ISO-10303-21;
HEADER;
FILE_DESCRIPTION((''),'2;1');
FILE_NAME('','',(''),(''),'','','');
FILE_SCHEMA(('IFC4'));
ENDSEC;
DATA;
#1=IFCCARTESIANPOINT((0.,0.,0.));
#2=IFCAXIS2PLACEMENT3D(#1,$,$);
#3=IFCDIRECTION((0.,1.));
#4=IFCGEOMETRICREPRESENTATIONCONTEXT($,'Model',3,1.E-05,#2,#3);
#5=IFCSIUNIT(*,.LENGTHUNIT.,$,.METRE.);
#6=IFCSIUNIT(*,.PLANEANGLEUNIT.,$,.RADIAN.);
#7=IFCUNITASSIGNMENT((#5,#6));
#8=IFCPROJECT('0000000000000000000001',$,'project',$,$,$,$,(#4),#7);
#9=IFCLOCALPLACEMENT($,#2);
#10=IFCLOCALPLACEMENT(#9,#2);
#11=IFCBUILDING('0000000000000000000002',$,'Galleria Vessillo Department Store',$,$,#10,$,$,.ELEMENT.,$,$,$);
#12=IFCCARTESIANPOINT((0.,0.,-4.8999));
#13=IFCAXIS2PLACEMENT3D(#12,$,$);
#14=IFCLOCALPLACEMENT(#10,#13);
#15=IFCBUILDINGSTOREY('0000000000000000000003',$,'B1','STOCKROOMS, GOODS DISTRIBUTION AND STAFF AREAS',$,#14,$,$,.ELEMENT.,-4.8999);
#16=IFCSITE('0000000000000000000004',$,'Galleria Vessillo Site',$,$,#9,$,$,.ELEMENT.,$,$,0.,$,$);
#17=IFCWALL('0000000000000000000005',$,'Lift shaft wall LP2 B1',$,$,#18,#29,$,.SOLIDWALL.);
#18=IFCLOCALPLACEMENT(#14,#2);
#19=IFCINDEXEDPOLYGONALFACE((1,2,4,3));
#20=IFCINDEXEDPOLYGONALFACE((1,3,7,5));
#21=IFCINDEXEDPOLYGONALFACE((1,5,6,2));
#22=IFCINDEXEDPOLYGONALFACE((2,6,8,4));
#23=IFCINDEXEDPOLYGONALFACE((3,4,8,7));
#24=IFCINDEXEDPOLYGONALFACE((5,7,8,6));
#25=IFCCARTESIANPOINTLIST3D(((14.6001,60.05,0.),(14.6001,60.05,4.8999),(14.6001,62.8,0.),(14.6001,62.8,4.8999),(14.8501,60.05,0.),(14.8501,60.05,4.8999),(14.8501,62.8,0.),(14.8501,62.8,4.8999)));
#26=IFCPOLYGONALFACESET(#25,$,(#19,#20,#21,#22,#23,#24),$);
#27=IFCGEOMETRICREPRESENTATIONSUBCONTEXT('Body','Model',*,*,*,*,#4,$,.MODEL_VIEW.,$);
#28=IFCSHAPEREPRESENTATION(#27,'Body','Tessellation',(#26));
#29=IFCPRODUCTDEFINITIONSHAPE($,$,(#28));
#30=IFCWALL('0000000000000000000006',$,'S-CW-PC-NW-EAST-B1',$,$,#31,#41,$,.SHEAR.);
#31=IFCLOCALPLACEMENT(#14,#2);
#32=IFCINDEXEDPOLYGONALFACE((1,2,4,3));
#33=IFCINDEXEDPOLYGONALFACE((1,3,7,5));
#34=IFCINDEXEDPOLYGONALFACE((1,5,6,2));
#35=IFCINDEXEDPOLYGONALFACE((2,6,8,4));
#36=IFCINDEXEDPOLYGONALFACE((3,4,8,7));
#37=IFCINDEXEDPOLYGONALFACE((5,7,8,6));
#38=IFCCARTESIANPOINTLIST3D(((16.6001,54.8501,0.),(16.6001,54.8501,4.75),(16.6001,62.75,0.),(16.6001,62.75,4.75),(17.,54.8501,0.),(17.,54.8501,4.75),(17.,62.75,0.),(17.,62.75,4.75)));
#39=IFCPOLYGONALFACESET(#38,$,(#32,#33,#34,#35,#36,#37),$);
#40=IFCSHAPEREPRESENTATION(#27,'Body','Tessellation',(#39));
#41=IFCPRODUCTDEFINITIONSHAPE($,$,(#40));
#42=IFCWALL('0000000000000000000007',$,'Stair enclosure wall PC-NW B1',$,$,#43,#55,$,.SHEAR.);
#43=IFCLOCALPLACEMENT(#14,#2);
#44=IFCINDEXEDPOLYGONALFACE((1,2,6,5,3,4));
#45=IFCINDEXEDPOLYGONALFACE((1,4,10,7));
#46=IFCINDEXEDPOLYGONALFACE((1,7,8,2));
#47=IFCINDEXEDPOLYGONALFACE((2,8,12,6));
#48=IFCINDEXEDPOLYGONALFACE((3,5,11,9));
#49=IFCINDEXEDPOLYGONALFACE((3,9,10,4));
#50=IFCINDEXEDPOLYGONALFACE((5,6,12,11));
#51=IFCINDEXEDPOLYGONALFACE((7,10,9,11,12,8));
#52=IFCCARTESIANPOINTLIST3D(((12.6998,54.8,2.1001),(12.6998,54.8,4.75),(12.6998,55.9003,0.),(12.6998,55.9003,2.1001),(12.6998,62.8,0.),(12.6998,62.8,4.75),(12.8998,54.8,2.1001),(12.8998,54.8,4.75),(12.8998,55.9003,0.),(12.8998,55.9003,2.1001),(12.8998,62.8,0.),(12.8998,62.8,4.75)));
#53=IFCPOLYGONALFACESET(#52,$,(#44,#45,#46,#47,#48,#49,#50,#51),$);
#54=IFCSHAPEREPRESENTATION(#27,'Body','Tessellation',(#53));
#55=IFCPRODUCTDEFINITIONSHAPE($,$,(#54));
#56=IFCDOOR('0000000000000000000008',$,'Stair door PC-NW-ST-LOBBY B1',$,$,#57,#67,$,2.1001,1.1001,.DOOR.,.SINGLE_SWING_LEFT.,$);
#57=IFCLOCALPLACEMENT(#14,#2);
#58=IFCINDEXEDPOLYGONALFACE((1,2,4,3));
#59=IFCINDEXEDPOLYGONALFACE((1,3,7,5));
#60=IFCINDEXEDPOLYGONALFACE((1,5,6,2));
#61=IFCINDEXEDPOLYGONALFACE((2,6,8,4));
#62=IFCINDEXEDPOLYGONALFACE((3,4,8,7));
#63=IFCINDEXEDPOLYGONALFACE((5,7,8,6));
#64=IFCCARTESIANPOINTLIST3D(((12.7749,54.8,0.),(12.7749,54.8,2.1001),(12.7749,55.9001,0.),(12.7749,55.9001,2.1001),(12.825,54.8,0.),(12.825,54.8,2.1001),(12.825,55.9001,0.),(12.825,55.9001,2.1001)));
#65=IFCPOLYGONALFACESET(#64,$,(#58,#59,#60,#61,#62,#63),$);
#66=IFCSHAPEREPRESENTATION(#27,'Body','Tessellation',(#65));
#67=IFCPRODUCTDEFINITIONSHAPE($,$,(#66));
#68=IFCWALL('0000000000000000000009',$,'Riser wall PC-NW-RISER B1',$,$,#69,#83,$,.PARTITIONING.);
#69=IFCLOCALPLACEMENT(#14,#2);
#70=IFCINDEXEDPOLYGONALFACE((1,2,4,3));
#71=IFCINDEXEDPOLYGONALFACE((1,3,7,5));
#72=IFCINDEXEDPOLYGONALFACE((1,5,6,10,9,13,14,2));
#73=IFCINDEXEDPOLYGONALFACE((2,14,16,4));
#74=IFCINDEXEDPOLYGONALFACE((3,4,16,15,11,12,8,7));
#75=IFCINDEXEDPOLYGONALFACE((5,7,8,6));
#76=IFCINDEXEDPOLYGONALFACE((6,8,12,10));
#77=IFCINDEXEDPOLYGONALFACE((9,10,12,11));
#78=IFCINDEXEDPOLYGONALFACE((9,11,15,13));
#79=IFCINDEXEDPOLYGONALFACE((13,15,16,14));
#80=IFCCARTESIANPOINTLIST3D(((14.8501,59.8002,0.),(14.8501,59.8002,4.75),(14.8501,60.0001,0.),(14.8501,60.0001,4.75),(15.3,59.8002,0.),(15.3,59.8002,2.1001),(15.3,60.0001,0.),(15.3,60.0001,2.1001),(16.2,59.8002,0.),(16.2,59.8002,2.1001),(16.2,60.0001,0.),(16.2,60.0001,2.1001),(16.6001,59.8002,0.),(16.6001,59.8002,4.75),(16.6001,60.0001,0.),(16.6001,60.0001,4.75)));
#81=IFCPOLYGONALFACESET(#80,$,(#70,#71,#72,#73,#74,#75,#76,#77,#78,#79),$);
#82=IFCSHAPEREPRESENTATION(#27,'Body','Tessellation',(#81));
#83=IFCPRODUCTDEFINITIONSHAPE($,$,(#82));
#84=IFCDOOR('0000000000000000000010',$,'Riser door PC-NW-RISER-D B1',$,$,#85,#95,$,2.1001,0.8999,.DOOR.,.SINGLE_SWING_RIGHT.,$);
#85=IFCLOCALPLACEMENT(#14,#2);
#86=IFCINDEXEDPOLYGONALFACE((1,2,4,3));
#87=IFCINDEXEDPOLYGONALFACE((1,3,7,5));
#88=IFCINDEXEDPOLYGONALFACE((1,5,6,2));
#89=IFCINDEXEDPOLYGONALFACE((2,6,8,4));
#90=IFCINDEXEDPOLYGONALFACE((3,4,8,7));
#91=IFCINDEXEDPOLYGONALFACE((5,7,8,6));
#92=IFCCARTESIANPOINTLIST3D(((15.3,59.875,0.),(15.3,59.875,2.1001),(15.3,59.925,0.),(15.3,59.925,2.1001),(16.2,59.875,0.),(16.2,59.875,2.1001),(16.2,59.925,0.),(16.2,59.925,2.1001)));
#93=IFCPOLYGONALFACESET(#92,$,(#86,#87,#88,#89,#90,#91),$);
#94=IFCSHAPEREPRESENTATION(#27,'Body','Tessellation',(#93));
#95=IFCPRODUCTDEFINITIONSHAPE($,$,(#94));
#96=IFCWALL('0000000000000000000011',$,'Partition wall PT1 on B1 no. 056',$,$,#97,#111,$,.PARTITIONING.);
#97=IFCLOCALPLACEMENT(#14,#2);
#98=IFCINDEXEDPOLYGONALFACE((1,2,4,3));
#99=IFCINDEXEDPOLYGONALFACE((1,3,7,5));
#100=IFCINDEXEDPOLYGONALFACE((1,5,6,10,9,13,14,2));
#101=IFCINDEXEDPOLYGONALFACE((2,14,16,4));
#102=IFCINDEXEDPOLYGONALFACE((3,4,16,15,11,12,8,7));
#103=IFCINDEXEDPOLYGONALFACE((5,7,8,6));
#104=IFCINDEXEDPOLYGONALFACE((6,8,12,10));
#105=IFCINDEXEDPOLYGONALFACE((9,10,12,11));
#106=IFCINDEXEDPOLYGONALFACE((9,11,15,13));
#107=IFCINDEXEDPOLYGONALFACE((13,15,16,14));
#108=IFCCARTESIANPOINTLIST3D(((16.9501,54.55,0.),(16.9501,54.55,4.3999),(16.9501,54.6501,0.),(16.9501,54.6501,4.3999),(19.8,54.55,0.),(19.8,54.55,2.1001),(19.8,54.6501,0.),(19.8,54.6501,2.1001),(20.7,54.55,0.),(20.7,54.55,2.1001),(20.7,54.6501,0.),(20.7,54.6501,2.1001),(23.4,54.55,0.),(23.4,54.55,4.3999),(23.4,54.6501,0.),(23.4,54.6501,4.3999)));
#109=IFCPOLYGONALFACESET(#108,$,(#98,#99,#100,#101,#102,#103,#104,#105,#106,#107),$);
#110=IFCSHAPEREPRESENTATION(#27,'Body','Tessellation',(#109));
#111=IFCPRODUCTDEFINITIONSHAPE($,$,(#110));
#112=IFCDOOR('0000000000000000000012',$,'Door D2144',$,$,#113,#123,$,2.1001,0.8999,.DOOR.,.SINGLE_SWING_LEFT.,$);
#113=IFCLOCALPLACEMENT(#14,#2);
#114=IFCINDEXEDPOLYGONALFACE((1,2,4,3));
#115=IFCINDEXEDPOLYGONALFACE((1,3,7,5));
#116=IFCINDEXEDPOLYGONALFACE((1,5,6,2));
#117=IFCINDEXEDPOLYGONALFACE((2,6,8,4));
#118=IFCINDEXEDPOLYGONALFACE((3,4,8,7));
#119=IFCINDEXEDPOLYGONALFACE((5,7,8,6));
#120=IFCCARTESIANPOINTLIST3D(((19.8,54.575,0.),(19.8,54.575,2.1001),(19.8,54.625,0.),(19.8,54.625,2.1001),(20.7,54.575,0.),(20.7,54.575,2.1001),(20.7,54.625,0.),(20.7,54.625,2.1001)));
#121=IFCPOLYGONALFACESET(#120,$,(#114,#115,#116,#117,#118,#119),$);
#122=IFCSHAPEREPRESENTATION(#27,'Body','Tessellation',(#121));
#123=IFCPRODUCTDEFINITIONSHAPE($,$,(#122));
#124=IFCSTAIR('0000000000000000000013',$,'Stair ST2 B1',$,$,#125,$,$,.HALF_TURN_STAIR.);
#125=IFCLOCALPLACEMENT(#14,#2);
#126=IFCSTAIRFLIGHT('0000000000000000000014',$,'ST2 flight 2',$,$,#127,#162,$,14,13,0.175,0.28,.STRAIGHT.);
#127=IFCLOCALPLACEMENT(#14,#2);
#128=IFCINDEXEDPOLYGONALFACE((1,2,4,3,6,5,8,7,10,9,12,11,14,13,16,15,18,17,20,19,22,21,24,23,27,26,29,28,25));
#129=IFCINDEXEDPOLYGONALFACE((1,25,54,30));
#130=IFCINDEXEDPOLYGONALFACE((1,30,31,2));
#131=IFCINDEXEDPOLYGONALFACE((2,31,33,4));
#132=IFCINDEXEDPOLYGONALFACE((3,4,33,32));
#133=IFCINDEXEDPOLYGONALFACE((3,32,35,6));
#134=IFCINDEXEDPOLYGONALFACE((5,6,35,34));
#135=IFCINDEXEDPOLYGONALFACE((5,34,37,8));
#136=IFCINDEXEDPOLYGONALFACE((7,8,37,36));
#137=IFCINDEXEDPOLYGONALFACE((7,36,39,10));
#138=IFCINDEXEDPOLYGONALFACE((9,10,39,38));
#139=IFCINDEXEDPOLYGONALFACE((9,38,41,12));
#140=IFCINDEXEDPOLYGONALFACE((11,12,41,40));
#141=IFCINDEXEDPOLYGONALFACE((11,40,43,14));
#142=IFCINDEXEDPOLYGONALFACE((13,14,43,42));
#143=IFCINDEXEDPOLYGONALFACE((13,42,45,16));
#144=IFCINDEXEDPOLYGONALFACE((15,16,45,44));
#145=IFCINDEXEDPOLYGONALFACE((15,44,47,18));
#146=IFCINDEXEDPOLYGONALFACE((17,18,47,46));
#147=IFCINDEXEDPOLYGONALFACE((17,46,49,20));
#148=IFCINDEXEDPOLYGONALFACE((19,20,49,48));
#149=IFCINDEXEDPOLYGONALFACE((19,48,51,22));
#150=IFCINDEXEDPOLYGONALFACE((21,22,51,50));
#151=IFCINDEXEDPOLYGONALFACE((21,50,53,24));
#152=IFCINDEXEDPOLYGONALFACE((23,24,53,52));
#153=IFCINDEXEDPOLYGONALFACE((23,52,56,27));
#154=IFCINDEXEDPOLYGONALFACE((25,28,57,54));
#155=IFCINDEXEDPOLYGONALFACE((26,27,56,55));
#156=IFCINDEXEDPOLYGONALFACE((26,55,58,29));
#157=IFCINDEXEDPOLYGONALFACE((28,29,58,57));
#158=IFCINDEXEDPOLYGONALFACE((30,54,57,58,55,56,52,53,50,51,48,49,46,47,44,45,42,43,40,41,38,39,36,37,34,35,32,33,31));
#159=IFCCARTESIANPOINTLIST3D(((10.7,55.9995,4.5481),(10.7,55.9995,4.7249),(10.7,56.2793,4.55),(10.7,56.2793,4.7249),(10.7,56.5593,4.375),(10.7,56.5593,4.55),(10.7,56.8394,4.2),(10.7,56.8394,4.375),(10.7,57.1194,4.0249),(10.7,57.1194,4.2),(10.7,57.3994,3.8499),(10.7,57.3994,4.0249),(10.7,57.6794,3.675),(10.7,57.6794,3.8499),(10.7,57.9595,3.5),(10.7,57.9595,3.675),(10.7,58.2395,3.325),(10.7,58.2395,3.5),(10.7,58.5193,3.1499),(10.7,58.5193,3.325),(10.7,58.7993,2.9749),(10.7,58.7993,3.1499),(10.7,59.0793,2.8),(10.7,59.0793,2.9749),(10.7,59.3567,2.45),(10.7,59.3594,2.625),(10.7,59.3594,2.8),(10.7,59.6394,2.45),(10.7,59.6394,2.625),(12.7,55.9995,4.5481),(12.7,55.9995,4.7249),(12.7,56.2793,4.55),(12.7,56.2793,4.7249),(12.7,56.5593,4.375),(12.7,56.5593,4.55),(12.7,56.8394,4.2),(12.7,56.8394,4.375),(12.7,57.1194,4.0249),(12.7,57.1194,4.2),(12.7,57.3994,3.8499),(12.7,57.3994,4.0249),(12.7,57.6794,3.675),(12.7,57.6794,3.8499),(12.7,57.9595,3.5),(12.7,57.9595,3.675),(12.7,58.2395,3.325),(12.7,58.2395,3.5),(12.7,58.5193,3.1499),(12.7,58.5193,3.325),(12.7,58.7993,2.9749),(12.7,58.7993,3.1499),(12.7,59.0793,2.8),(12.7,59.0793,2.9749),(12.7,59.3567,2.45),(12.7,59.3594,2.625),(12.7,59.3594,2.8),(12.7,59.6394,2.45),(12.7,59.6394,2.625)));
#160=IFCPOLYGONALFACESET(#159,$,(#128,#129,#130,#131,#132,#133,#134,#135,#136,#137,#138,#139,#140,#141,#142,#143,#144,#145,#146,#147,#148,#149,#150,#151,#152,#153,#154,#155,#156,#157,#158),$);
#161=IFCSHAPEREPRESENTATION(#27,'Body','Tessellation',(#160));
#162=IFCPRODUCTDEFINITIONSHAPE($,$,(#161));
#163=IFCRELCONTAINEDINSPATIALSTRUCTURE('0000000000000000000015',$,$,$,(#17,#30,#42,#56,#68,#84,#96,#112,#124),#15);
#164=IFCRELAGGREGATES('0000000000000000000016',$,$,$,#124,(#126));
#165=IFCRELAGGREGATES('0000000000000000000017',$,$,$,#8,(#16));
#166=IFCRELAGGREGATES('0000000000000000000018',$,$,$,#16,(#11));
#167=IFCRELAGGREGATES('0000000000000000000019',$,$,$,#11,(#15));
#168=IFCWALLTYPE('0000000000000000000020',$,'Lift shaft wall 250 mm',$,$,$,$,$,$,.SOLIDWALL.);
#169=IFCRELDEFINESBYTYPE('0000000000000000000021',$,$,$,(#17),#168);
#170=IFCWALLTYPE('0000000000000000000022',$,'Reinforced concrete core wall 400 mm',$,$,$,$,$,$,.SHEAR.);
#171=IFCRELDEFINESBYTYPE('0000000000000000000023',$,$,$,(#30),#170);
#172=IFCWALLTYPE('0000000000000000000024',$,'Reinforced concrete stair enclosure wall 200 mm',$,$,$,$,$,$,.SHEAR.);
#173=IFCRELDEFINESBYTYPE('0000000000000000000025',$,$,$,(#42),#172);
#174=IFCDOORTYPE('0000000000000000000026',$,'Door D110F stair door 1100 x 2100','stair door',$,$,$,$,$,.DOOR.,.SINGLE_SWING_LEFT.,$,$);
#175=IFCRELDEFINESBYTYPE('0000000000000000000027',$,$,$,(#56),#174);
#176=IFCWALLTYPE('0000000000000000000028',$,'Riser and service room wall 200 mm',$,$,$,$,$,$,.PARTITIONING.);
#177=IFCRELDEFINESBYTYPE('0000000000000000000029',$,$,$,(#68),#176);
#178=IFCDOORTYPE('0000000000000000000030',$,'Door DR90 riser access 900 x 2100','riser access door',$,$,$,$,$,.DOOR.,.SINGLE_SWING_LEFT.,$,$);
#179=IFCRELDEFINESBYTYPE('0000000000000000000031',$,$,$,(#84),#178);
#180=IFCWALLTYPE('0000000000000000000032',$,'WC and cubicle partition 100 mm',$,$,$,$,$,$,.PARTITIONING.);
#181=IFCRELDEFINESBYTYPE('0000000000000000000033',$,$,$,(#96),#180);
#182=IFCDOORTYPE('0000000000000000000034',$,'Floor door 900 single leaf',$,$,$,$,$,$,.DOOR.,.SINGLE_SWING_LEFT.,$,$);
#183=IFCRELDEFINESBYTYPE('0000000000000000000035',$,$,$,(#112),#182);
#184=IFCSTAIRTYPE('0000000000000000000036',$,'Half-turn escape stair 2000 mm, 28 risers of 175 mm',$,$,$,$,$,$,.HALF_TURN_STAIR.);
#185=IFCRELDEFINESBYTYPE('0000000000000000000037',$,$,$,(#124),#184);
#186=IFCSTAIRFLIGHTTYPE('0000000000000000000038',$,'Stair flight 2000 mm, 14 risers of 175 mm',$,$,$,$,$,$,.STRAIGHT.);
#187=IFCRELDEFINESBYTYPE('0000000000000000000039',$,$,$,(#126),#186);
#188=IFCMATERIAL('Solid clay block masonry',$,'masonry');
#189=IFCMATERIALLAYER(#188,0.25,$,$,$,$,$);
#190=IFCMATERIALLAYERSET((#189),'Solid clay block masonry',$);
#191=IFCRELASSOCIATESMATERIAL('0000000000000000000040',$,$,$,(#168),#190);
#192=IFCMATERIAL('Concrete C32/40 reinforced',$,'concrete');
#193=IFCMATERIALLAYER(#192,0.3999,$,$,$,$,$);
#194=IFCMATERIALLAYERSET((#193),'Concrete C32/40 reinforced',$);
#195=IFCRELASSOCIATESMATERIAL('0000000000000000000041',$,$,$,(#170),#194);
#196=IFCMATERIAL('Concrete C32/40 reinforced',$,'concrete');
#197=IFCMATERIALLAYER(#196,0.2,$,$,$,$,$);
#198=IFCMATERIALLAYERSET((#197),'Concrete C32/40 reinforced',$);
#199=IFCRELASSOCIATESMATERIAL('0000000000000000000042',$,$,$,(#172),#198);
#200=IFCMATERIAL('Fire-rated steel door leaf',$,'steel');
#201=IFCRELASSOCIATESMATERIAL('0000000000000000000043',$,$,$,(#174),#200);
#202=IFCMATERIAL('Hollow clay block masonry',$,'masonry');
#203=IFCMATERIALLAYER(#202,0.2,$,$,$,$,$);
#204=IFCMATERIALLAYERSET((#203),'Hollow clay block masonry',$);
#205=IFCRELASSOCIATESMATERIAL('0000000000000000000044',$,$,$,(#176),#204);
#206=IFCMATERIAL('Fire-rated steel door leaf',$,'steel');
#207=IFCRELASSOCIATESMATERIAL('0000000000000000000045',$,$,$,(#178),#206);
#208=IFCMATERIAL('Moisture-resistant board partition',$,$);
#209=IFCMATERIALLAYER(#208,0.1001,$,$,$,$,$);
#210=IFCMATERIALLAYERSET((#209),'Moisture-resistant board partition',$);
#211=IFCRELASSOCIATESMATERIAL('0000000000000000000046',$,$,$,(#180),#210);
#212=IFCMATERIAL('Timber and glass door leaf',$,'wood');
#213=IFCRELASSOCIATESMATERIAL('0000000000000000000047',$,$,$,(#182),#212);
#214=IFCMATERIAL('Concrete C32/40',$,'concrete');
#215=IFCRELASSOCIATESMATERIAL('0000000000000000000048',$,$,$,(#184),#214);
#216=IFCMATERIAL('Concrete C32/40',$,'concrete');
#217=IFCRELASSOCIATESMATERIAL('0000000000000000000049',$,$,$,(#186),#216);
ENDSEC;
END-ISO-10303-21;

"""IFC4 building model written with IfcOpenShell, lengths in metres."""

from ifc_helpers import new_model, si_unit, direction, frame, frame_2d, origin, place, context, subcontext, project, spatial, polyline, rectangle, outline, extrude, material, layer, layer_set, type_object, element, fill, aggregate, save


model = new_model("IFC4")

# Units and contexts
model_context = context("Model", 3, precision=1e-05, world=origin(), true_north=direction((0.0, 1.0)))
body_context = subcontext(model_context, "Body", "Model", "MODEL_VIEW")
ifc_project = project(units=[si_unit("LENGTHUNIT", "METRE"), si_unit("PLANEANGLEUNIT", "RADIAN")], contexts=[model_context])

# Site, building, storey
site_placement = place(None, origin())
site = spatial("IfcSite", under=ifc_project, at=site_placement, Name="Galleria Vessillo Site", CompositionType="ELEMENT", RefElevation=0.0)
building_placement = place(site_placement, origin())
building = spatial("IfcBuilding", under=site, at=building_placement, Name="Galleria Vessillo Department Store", CompositionType="ELEMENT")
storey_placement = place(building_placement, frame((0.0, 0.0, -4.8999)))
storey = spatial("IfcBuildingStorey", under=building, at=storey_placement, Name="B1", Description="STOCKROOMS, GOODS DISTRIBUTION AND STAFF AREAS", CompositionType="ELEMENT", Elevation=-4.8999)

# Shared definitions
ifc_material_1 = material(Name="Solid clay block masonry", Category="masonry")
ifc_layer_1 = layer(ifc_material_1, 0.25)
ifc_layer_set_1 = layer_set([ifc_layer_1], Name="Solid clay block masonry")
wall_type_1 = type_object("IfcWallType", Name="Lift shaft wall 250 mm", PredefinedType="SOLIDWALL", material=ifc_layer_set_1)

# Walls
wall_1_placement = place(storey_placement, frame((14.7251, 62.8, 0.0), z_axis=(0.0, 0.0, 1.0), x_axis=(0.0, -1.0, 0.0)))
element("IfcWall", 1, at=wall_1_placement, inside=storey, type_object=wall_type_1, Name="Lift shaft wall LP2 B1", PredefinedType="SOLIDWALL", context=body_context, shape_type="SweptSolid", body=[
    extrude(rectangle(XDim=2.75, YDim=0.25, at=frame_2d((1.375, 0.0))), origin(), (0.0, 0.0, 1.0), 4.8999),
])
ifc_material_2 = material(Name="Concrete C32/40 reinforced", Category="concrete")
ifc_layer_2 = layer(ifc_material_2, 0.3999)
ifc_layer_set_2 = layer_set([ifc_layer_2], Name="Concrete C32/40 reinforced")
wall_type_2 = type_object("IfcWallType", Name="Reinforced concrete core wall 400 mm", PredefinedType="SHEAR", material=ifc_layer_set_2)
wall_2_placement = place(storey_placement, frame((16.8, 54.8501, 0.0), z_axis=(0.0, 0.0, 1.0), x_axis=(0.0, 1.0, 0.0)))
element("IfcWall", 2, at=wall_2_placement, inside=storey, type_object=wall_type_2, Name="S-CW-PC-NW-EAST-B1", PredefinedType="SHEAR", context=body_context, shape_type="SweptSolid", body=[
    extrude(rectangle(XDim=7.8999, YDim=0.3999, at=frame_2d((3.95, 0.0))), origin(), (0.0, 0.0, 1.0), 4.75),
])

# Walls, openings, doors
ifc_material_3 = material(Name="Concrete C32/40 reinforced", Category="concrete")
ifc_layer_3 = layer(ifc_material_3, 0.2)
ifc_layer_set_3 = layer_set([ifc_layer_3], Name="Concrete C32/40 reinforced")
wall_type_3 = type_object("IfcWallType", Name="Reinforced concrete stair enclosure wall 200 mm", PredefinedType="SHEAR", material=ifc_layer_set_3)
wall_3_placement = place(storey_placement, frame((12.7998, 62.8, 0.0), z_axis=(0.0, 0.0, 1.0), x_axis=(0.0, -1.0, 0.0)))
wall_3 = element("IfcWall", 3, at=wall_3_placement, inside=storey, type_object=wall_type_3, Name="Stair enclosure wall PC-NW B1", PredefinedType="SHEAR", context=body_context, shape_type="SweptSolid", body=[
    extrude(rectangle(XDim=8.0, YDim=0.2, at=frame_2d((4.0, 0.0))), origin(), (0.0, 0.0, 1.0), 4.75),
])
opening_1_placement = place(wall_3_placement, frame((6.8999, 0.0, 0.0)))
opening_1 = element("IfcOpeningElement", 4, at=opening_1_placement, cuts=wall_3, PredefinedType="OPENING", context=body_context, shape_type="SweptSolid", body=[
    extrude(rectangle(XDim=1.1101, YDim=2.1001, at=frame_2d((0.5549, 1.05))), frame((0.0, 0.1099, 0.0), z_axis=(0.0, -1.0, 0.0), x_axis=(1.0, 0.0, 0.0)), (0.0, 0.0, 1.0), 0.22),
])
ifc_material_4 = material(Name="Fire-rated steel door leaf", Category="steel")
door_type_1 = type_object("IfcDoorType", Name="Door D110F stair door 1100 x 2100", Description="stair door", OperationType="SINGLE_SWING_LEFT", PredefinedType="DOOR", material=ifc_material_4)
door_1_placement = place(opening_1_placement, frame((1.1001, 0.0, 0.0), z_axis=(0.0, 0.0, 1.0), x_axis=(-1.0, 0.0, 0.0)))
door_1 = element("IfcDoor", 5, at=door_1_placement, inside=storey, type_object=door_type_1, Name="Stair door PC-NW-ST-LOBBY B1", OperationType="SINGLE_SWING_LEFT", OverallHeight=2.1001, OverallWidth=1.1001, PredefinedType="DOOR", context=body_context, shape_type="SweptSolid", body=[
    extrude(rectangle(XDim=1.1001, YDim=2.1001, at=frame_2d((0.55, 1.05))), frame((0.0, 0.0249, 0.0), z_axis=(0.0, -1.0, 0.0), x_axis=(1.0, 0.0, 0.0)), (0.0, 0.0, 1.0), 0.05),
])
fill(opening_1, door_1)
ifc_material_5 = material(Name="Hollow clay block masonry", Category="masonry")
ifc_layer_4 = layer(ifc_material_5, 0.2)
ifc_layer_set_4 = layer_set([ifc_layer_4], Name="Hollow clay block masonry")
wall_type_4 = type_object("IfcWallType", Name="Riser and service room wall 200 mm", PredefinedType="PARTITIONING", material=ifc_layer_set_4)
wall_4_placement = place(storey_placement, frame((14.8501, 59.9001, 0.0), z_axis=(0.0, 0.0, 1.0), x_axis=(1.0, 0.0, 0.0)))
wall_4 = element("IfcWall", 6, at=wall_4_placement, inside=storey, type_object=wall_type_4, Name="Riser wall PC-NW-RISER B1", PredefinedType="PARTITIONING", context=body_context, shape_type="SweptSolid", body=[
    extrude(rectangle(XDim=1.75, YDim=0.2, at=frame_2d((0.875, 0.0))), origin(), (0.0, 0.0, 1.0), 4.75),
])
opening_2_placement = place(wall_4_placement, frame((0.45, 0.0, 0.0)))
opening_2 = element("IfcOpeningElement", 7, at=opening_2_placement, cuts=wall_4, PredefinedType="OPENING", context=body_context, shape_type="SweptSolid", body=[
    extrude(rectangle(XDim=0.8999, YDim=2.1001, at=frame_2d((0.45, 1.05))), frame((0.0, 0.1099, 0.0), z_axis=(0.0, -1.0, 0.0), x_axis=(1.0, 0.0, 0.0)), (0.0, 0.0, 1.0), 0.22),
])
ifc_material_6 = material(Name="Fire-rated steel door leaf", Category="steel")
door_type_2 = type_object("IfcDoorType", Name="Door DR90 riser access 900 x 2100", Description="riser access door", OperationType="SINGLE_SWING_LEFT", PredefinedType="DOOR", material=ifc_material_6)
door_2_placement = place(opening_2_placement, origin())
door_2 = element("IfcDoor", 8, at=door_2_placement, inside=storey, type_object=door_type_2, Name="Riser door PC-NW-RISER-D B1", OperationType="SINGLE_SWING_RIGHT", OverallHeight=2.1001, OverallWidth=0.8999, PredefinedType="DOOR", context=body_context, shape_type="SweptSolid", body=[
    extrude(rectangle(XDim=0.8999, YDim=2.1001, at=frame_2d((0.45, 1.05))), frame((0.0, 0.0249, 0.0), z_axis=(0.0, -1.0, 0.0), x_axis=(1.0, 0.0, 0.0)), (0.0, 0.0, 1.0), 0.05),
])
fill(opening_2, door_2)
ifc_material_7 = material(Name="Moisture-resistant board partition")
ifc_layer_5 = layer(ifc_material_7, 0.1001)
ifc_layer_set_5 = layer_set([ifc_layer_5], Name="Moisture-resistant board partition")
wall_type_5 = type_object("IfcWallType", Name="WC and cubicle partition 100 mm", PredefinedType="PARTITIONING", material=ifc_layer_set_5)
wall_5_placement = place(storey_placement, frame((16.95, 54.6001, 0.0), z_axis=(0.0, 0.0, 1.0), x_axis=(1.0, 0.0, 0.0)))
wall_5 = element("IfcWall", 9, at=wall_5_placement, inside=storey, type_object=wall_type_5, Name="Partition wall PT1 on B1 no. 056", PredefinedType="PARTITIONING", context=body_context, shape_type="SweptSolid", body=[
    extrude(rectangle(XDim=6.45, YDim=0.1001, at=frame_2d((3.2251, 0.0))), origin(), (0.0, 0.0, 1.0), 4.3999),
])
opening_3_placement = place(wall_5_placement, frame((2.8501, 0.0, 0.0)))
opening_3 = element("IfcOpeningElement", 10, at=opening_3_placement, cuts=wall_5, PredefinedType="OPENING", context=body_context, shape_type="SweptSolid", body=[
    extrude(rectangle(XDim=0.8999, YDim=2.1001, at=frame_2d((0.45, 1.05))), frame((0.0, 0.0601, 0.0), z_axis=(0.0, -1.0, 0.0), x_axis=(1.0, 0.0, 0.0)), (0.0, 0.0, 1.0), 0.1201),
])
ifc_material_8 = material(Name="Timber and glass door leaf", Category="wood")
door_type_3 = type_object("IfcDoorType", Name="Floor door 900 single leaf", OperationType="SINGLE_SWING_LEFT", PredefinedType="DOOR", material=ifc_material_8)
door_3_placement = place(opening_3_placement, origin())
door_3 = element("IfcDoor", 11, at=door_3_placement, inside=storey, type_object=door_type_3, Name="Door D2144", OperationType="SINGLE_SWING_LEFT", OverallHeight=2.1001, OverallWidth=0.8999, PredefinedType="DOOR", context=body_context, shape_type="SweptSolid", body=[
    extrude(rectangle(XDim=0.8999, YDim=2.1001, at=frame_2d((0.45, 1.05))), frame((0.0, 0.0249, 0.0), z_axis=(0.0, -1.0, 0.0), x_axis=(1.0, 0.0, 0.0)), (0.0, 0.0, 1.0), 0.05),
])
fill(opening_3, door_3)

# Stair, stair flight
ifc_material_9 = material(Name="Concrete C32/40", Category="concrete")
stair_type = type_object("IfcStairType", Name="Half-turn escape stair 2000 mm, 28 risers of 175 mm", PredefinedType="HALF_TURN_STAIR", material=ifc_material_9)
stair_placement = place(storey_placement, origin())
stair = element("IfcStair", 12, at=stair_placement, inside=storey, type_object=stair_type, Name="Stair ST2 B1", PredefinedType="HALF_TURN_STAIR")
ifc_material_10 = material(Name="Concrete C32/40", Category="concrete")
stair_flight_type = type_object("IfcStairFlightType", Name="Stair flight 2000 mm, 14 risers of 175 mm", PredefinedType="STRAIGHT", material=ifc_material_10)
stair_flight_placement = place(storey_placement, frame((11.7, 59.6394, 2.45), z_axis=(0.0, 0.0, 1.0), x_axis=(0.0, -1.0, 0.0)))
stair_flight = element("IfcStairFlight", 13, at=stair_flight_placement, type_object=stair_flight_type, Name="ST2 flight 2", NumberOfRisers=14, NumberOfTreads=13, PredefinedType="STRAIGHT", RiserHeight=0.175, TreadLength=0.28, context=body_context, shape_type="SweptSolid", body=[
    extrude(outline(polyline([(0.0, 0.0), (0.0, 0.175), (0.28, 0.175), (0.28, 0.3501), (0.5601, 0.3501), (0.5601, 0.5249), (0.8401, 0.5249), (0.8401, 0.7), (1.1201, 0.7), (1.1201, 0.875), (1.3999, 0.875), (1.3999, 1.05), (1.6799, 1.05), (1.6799, 1.2251), (1.96, 1.2251), (1.96, 1.3999), (2.24, 1.3999), (2.24, 1.575), (2.52, 1.575), (2.52, 1.75), (2.8, 1.75), (2.8, 1.925), (3.0801, 1.925), (3.0801, 2.1001), (3.3601, 2.1001), (3.3601, 2.2749), (3.6399, 2.2749), (3.6399, 2.45), (3.6399, 2.0981), (0.2827, 0.0), (0.0, 0.0)])), frame((0.0, 1.0, 0.0), z_axis=(0.0, -1.0, 0.0), x_axis=(1.0, 0.0, 0.0)), (0.0, 0.0, 1.0), 2.0),
])
aggregate(stair, [stair_flight])

save(model, "model.ifc")
